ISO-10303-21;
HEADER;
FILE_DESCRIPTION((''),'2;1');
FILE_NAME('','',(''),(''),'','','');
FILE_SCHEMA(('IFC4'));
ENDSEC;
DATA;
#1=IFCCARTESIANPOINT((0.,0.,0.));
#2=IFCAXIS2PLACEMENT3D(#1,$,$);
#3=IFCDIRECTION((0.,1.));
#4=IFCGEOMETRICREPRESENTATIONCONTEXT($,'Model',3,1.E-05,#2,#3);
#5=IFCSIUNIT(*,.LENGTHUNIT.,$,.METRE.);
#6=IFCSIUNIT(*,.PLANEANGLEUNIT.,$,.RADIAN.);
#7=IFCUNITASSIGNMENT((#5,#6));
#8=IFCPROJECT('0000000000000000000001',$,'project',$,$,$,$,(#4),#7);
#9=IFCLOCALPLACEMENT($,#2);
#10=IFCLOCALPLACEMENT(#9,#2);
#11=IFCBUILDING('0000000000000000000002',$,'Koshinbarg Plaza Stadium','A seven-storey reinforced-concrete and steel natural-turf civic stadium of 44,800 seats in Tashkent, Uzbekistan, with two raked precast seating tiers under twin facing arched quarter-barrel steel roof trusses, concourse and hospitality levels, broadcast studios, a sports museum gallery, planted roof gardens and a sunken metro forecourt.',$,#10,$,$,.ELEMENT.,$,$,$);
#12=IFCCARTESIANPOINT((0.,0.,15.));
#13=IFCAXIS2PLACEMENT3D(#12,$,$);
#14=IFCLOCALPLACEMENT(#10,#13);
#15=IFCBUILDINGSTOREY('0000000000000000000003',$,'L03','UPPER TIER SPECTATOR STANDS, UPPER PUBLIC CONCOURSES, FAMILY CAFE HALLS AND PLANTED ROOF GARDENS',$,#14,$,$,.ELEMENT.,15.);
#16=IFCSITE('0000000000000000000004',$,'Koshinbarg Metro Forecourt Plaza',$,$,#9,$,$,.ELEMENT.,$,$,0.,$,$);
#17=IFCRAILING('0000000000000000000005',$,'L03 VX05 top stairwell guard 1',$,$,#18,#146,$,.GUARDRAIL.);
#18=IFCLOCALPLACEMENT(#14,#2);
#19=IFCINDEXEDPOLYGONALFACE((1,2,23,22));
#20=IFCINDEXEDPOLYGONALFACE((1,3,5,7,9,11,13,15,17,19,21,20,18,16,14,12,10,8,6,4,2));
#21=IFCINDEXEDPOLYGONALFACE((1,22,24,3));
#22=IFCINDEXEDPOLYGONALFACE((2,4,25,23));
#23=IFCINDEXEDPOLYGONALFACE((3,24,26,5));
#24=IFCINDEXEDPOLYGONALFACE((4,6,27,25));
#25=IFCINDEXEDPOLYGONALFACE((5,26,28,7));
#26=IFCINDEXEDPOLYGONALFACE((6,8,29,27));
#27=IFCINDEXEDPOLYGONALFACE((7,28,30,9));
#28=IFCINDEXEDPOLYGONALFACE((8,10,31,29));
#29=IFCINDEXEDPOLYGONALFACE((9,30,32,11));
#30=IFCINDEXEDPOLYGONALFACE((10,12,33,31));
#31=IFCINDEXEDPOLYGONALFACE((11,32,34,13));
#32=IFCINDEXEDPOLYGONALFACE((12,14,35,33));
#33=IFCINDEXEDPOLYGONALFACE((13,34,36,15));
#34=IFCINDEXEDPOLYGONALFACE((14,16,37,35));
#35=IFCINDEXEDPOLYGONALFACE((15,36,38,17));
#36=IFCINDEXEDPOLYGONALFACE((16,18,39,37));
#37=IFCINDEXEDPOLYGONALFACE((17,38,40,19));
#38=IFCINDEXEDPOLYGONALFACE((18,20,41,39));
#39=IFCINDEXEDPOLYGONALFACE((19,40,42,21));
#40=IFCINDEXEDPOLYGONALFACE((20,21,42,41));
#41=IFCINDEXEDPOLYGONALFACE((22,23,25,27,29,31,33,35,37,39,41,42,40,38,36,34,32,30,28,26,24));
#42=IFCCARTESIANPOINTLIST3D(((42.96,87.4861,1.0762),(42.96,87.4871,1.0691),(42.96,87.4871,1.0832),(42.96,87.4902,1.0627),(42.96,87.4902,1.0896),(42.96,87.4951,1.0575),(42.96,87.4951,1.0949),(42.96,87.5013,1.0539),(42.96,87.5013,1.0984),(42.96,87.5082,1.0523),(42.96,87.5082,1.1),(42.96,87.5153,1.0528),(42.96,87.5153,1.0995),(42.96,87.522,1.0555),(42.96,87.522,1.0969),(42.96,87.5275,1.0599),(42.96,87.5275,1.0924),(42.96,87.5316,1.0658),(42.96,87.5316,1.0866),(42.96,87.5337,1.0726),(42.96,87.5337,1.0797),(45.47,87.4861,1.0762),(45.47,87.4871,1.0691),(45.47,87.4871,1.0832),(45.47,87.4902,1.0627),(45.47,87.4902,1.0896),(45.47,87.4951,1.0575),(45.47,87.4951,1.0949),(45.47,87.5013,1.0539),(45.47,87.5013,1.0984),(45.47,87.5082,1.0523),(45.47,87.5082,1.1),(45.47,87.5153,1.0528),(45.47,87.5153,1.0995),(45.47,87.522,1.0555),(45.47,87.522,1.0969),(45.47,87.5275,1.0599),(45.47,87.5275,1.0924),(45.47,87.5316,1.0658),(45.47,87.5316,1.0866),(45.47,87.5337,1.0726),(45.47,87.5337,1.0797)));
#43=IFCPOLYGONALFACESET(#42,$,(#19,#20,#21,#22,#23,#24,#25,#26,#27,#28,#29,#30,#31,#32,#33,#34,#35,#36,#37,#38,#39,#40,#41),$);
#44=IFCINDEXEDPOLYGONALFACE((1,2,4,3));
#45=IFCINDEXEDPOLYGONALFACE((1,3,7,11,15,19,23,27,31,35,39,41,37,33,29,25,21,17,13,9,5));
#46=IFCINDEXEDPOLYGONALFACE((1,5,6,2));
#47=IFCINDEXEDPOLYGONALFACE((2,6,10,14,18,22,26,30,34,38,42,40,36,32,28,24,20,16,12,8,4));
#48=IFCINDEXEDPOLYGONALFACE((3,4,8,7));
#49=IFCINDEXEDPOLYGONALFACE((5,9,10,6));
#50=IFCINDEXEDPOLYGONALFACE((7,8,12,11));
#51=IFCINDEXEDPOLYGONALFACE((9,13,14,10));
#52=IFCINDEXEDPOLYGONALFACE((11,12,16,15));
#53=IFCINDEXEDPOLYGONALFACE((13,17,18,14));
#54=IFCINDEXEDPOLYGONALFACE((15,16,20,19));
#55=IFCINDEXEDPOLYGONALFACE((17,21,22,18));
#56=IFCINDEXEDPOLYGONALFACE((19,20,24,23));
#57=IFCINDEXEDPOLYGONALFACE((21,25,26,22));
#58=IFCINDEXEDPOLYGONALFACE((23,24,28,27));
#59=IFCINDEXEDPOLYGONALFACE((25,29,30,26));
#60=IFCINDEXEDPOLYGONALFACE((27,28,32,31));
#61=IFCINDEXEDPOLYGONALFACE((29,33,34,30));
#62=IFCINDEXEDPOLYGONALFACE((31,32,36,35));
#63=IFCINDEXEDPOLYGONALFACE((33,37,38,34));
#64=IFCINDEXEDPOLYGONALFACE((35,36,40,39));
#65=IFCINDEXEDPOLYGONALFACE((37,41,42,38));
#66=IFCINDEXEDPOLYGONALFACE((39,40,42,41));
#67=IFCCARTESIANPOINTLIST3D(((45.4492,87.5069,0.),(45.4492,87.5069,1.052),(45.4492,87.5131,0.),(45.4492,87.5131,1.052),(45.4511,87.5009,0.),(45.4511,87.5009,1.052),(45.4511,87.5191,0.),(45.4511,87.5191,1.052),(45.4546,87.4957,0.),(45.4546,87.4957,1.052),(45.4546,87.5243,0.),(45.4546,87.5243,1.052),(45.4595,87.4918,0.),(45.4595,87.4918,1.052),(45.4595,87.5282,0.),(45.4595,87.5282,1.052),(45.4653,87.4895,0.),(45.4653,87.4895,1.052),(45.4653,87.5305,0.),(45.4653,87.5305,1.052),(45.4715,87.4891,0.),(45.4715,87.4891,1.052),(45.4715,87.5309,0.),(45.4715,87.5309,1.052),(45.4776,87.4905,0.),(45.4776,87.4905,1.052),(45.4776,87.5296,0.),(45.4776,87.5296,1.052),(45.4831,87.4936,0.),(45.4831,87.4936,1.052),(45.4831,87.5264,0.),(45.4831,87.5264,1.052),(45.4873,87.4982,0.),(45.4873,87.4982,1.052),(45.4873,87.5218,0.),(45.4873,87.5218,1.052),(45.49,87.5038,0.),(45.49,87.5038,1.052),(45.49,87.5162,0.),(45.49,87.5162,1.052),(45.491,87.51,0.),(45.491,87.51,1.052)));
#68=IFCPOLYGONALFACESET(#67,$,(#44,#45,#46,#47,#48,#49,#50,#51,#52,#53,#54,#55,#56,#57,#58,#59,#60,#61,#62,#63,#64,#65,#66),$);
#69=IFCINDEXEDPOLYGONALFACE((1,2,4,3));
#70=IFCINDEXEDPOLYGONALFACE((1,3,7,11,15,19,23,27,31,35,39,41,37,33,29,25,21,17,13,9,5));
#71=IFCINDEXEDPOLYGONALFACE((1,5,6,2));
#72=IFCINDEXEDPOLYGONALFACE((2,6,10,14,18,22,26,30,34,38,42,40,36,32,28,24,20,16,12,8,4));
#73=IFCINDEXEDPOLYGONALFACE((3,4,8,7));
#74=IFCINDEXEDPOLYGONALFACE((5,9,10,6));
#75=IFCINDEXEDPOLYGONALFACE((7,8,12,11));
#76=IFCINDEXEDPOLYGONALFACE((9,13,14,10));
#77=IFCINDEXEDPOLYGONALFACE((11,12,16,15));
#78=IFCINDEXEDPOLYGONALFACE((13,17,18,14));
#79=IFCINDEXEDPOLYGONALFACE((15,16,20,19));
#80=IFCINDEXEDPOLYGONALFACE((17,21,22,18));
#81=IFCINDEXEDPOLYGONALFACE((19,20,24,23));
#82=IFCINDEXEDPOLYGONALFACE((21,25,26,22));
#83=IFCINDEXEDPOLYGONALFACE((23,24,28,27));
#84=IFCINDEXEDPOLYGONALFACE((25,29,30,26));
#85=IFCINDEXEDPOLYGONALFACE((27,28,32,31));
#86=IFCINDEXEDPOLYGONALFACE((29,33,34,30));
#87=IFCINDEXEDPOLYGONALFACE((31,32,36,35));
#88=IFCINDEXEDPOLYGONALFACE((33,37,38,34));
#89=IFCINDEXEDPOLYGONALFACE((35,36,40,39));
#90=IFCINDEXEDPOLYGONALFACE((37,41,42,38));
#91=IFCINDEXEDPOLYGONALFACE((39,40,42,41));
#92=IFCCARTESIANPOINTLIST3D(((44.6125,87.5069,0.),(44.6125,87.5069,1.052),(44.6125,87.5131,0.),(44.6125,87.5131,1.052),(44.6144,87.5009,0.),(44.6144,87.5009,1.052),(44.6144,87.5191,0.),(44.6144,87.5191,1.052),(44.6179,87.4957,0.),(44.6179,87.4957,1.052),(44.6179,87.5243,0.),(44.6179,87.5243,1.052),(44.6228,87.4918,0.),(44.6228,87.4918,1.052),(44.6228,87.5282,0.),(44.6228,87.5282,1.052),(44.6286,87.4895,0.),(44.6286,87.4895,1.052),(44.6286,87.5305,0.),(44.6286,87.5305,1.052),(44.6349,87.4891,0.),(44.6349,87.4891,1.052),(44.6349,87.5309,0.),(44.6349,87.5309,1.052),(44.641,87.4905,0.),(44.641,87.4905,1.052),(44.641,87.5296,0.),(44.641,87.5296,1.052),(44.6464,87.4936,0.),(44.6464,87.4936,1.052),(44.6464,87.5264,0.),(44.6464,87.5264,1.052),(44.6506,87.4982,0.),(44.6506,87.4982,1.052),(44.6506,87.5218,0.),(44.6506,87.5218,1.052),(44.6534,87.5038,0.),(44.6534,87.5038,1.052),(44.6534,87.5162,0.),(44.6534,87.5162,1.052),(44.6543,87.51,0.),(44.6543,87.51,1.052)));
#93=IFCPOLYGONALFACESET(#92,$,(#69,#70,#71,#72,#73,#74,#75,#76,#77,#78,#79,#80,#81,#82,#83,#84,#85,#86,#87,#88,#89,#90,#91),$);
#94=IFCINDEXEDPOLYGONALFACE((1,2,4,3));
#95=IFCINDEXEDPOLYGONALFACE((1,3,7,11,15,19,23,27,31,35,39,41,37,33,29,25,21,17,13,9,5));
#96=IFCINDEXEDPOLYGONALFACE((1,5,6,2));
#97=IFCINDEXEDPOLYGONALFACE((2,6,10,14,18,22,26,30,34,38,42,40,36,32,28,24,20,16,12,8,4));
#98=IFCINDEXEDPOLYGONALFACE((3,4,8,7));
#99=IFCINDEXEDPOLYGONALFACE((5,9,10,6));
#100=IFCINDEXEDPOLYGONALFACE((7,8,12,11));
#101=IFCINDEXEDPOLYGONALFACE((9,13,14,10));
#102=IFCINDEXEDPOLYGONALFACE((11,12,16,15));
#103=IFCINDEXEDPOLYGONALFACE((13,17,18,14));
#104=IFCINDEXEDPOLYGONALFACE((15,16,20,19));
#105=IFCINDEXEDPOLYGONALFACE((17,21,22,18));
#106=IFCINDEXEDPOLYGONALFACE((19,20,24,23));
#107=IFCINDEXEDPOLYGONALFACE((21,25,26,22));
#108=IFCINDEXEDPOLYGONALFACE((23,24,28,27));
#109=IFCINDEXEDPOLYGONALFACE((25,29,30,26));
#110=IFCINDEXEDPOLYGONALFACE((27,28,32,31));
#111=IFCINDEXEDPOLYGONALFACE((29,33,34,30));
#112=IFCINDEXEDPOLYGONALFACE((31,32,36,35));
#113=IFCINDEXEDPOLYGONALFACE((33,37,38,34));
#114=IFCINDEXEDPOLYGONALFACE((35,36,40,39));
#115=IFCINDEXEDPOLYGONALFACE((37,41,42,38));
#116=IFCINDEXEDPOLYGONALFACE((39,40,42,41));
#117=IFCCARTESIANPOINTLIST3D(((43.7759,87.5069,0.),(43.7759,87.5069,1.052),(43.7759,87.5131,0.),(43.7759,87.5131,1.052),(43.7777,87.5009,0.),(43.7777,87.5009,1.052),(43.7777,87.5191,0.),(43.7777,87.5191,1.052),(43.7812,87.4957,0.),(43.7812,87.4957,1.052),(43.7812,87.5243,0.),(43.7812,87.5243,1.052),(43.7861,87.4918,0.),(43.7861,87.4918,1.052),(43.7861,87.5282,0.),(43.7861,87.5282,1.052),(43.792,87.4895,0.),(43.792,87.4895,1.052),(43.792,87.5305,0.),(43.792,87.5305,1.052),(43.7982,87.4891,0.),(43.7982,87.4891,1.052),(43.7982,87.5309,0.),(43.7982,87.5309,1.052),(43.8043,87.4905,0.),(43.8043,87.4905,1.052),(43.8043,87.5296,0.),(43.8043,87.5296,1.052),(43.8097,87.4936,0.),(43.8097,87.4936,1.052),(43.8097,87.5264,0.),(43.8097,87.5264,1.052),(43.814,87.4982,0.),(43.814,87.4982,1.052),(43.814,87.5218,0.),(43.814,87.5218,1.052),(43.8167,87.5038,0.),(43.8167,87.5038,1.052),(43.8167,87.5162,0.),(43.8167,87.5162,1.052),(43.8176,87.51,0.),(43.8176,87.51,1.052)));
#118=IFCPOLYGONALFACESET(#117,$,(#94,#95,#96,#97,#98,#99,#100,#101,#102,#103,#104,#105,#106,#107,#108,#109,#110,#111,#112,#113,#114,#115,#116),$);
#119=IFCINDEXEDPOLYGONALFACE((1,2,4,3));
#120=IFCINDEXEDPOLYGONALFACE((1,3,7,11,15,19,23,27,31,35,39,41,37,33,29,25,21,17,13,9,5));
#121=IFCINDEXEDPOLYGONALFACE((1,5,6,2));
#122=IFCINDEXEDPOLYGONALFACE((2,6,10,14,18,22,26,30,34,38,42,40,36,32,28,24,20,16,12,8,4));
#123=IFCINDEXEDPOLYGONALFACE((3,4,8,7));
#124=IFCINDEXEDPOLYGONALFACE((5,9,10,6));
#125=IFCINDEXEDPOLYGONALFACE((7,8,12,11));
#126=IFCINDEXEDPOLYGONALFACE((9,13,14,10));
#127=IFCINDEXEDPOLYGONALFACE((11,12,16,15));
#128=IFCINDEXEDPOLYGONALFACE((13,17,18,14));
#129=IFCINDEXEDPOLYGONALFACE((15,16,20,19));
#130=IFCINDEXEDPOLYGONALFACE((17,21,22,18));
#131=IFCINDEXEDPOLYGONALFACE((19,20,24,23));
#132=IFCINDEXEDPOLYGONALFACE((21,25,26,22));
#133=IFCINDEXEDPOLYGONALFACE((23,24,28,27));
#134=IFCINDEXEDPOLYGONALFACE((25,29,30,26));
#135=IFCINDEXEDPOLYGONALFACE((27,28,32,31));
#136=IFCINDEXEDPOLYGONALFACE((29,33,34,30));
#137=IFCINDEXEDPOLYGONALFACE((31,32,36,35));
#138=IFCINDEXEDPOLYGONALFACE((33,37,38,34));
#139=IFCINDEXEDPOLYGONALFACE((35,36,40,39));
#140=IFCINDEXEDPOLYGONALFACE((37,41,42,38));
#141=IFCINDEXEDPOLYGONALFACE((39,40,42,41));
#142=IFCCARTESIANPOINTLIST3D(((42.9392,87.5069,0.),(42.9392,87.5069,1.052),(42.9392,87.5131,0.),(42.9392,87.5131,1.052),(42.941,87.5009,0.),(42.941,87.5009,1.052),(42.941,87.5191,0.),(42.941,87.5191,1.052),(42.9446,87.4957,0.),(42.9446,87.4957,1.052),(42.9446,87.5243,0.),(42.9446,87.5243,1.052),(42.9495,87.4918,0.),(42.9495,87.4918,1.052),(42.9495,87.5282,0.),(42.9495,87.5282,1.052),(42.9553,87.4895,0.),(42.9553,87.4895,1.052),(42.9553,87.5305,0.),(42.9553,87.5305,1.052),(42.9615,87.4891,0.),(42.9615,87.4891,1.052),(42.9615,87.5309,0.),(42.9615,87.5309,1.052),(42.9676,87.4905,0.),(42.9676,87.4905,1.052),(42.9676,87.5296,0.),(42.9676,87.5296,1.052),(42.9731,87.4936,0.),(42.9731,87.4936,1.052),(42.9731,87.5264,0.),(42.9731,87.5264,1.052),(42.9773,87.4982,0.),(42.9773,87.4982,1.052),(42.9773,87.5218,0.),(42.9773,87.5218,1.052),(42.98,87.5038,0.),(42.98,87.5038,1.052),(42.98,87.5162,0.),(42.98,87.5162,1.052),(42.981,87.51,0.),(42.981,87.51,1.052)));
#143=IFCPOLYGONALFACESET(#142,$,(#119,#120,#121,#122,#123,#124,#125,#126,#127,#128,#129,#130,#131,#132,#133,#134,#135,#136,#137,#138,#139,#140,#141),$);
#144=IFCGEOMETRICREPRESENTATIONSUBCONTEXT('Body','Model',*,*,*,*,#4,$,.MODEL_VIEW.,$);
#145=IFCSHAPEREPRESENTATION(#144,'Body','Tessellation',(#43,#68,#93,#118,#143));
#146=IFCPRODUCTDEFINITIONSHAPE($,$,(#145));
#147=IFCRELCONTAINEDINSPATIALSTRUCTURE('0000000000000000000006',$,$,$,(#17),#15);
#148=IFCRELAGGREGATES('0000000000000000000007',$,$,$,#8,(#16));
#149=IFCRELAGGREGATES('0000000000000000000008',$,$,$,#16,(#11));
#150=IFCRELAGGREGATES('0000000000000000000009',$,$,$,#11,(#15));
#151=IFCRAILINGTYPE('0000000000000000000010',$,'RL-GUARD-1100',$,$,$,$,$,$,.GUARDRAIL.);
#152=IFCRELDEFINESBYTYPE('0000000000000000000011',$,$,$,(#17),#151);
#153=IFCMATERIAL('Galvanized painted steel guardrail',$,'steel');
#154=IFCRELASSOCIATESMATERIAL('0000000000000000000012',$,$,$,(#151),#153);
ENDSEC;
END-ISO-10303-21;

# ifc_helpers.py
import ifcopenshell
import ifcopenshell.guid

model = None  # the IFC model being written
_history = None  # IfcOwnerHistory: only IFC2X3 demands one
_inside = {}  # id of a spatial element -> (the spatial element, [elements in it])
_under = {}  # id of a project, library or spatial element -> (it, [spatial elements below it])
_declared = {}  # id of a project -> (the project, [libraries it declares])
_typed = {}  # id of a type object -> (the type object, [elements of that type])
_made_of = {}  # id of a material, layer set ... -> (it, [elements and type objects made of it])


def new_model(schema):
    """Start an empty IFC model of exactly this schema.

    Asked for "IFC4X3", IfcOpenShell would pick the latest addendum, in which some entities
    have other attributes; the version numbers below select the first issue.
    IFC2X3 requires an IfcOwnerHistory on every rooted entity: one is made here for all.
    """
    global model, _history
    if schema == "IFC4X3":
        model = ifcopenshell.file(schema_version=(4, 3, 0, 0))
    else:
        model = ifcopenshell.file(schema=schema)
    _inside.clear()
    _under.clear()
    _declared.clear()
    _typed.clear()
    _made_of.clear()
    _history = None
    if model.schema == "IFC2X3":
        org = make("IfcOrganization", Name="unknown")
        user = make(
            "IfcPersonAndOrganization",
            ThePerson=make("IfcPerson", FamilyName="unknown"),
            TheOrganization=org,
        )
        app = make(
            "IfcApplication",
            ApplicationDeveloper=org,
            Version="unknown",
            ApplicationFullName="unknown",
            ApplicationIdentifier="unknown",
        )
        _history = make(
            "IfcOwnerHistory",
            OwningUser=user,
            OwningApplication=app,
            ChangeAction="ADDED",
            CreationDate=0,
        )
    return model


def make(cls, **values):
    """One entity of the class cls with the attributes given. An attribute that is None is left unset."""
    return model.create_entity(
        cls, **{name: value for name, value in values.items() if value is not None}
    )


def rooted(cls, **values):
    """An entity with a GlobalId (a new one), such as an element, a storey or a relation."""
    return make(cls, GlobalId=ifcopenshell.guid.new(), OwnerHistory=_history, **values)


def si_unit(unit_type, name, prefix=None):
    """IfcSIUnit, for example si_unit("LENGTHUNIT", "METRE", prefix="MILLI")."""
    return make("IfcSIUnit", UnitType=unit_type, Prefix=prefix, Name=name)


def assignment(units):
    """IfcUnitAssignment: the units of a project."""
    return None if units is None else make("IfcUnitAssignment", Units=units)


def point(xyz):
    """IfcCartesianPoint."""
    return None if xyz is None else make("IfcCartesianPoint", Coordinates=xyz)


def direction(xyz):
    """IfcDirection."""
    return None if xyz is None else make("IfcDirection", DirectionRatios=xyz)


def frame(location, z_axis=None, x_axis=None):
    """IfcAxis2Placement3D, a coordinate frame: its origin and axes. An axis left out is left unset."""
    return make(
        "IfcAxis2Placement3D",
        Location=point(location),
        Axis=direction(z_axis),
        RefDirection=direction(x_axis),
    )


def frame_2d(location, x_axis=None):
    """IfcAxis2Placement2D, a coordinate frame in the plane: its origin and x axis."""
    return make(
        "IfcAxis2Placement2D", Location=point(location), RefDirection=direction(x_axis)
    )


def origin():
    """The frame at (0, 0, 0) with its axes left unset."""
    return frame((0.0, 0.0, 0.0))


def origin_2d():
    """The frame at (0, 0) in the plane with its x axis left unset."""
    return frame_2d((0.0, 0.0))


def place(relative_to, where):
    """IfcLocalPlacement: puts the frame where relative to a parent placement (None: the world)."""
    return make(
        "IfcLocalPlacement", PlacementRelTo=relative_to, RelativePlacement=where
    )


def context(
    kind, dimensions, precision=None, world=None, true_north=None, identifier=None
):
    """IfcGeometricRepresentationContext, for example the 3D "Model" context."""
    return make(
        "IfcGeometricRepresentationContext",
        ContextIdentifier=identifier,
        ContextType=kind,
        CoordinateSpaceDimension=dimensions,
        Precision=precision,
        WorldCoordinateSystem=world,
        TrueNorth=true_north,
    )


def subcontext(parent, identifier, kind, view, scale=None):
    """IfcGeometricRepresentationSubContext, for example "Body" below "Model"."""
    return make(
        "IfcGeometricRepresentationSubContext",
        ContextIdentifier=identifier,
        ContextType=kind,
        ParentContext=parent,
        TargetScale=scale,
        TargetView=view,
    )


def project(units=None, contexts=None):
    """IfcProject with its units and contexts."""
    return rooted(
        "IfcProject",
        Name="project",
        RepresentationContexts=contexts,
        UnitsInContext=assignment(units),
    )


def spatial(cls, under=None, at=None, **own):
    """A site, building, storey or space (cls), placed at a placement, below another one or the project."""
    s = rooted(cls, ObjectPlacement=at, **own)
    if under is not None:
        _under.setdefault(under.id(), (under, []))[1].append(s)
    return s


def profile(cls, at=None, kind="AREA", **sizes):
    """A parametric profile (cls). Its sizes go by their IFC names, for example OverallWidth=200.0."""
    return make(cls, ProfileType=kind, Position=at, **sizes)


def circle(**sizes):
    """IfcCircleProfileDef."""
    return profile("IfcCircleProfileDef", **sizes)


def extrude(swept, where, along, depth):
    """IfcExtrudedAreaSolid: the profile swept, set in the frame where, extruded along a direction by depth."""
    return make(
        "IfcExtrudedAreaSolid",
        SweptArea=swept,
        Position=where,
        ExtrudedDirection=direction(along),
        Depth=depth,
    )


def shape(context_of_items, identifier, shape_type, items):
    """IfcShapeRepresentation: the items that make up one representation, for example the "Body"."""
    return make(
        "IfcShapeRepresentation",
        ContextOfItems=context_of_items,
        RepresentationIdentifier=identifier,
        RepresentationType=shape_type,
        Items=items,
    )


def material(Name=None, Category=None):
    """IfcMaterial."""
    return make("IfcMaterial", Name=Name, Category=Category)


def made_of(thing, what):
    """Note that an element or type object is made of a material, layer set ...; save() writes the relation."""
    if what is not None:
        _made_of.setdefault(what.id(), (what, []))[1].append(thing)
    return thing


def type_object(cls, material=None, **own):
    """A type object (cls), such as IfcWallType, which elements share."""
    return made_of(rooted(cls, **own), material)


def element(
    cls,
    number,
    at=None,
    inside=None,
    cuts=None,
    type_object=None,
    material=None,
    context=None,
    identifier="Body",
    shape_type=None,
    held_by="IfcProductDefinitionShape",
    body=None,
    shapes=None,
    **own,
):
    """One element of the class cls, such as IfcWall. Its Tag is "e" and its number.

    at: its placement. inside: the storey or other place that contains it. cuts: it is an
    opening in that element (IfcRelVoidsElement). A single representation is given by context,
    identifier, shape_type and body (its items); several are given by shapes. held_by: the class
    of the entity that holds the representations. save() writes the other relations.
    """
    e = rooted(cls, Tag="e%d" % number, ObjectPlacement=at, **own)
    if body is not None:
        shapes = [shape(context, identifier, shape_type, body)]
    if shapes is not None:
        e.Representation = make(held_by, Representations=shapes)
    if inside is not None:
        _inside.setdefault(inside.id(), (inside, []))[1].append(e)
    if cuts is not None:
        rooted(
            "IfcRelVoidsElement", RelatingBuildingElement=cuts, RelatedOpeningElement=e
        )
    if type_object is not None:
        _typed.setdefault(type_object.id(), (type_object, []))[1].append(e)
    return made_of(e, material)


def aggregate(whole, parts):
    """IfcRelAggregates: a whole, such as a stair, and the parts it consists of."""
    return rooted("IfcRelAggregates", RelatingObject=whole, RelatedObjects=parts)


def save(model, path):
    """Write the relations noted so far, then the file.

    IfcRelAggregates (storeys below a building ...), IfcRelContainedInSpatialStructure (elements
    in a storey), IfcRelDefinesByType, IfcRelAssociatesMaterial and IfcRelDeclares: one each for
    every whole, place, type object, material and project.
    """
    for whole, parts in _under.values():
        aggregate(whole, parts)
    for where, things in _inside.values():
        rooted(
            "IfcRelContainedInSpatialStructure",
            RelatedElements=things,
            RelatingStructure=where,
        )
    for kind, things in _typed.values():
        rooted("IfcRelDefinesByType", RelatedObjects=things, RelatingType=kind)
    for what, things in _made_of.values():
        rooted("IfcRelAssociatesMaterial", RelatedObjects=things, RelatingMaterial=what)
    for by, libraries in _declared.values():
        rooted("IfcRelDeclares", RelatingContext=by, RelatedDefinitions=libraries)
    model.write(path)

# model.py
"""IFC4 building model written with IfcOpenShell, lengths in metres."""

from ifc_helpers import new_model, si_unit, direction, frame, origin, origin_2d, place, context, subcontext, project, spatial, circle, extrude, material, type_object, element, save


model = new_model("IFC4")

# Units and contexts
model_context = context("Model", 3, precision=1e-05, world=origin(), true_north=direction((0.0, 1.0)))
body_context = subcontext(model_context, "Body", "Model", "MODEL_VIEW")
ifc_project = project(units=[si_unit("LENGTHUNIT", "METRE"), si_unit("PLANEANGLEUNIT", "RADIAN")], contexts=[model_context])

# Site, building, storey
site_placement = place(None, origin())
site = spatial("IfcSite", under=ifc_project, at=site_placement, Name="Koshinbarg Metro Forecourt Plaza", CompositionType="ELEMENT", RefElevation=0.0)
building_placement = place(site_placement, origin())
building = spatial("IfcBuilding", under=site, at=building_placement, Name="Koshinbarg Plaza Stadium", Description="A seven-storey reinforced-concrete and steel natural-turf civic stadium of 44,800 seats in Tashkent, Uzbekistan, with two raked precast seating tiers under twin facing arched quarter-barrel steel roof trusses, concourse and hospitality levels, broadcast studios, a sports museum gallery, planted roof gardens and a sunken metro forecourt.", CompositionType="ELEMENT")
storey_placement = place(building_placement, frame((0.0, 0.0, 15.0)))
storey = spatial("IfcBuildingStorey", under=building, at=storey_placement, Name="L03", Description="UPPER TIER SPECTATOR STANDS, UPPER PUBLIC CONCOURSES, FAMILY CAFE HALLS AND PLANTED ROOF GARDENS", CompositionType="ELEMENT", Elevation=15.0)

# Railing
ifc_material_1 = material(Name="Galvanized painted steel guardrail", Category="steel")
railing_type_1 = type_object("IfcRailingType", Name="RL-GUARD-1100", PredefinedType="GUARDRAIL", material=ifc_material_1)
railing_1_placement = place(storey_placement, frame((45.47, 87.51, 0.0)))
element("IfcRailing", 1, at=railing_1_placement, inside=storey, type_object=railing_type_1, Name="L03 VX05 top stairwell guard 1", PredefinedType="GUARDRAIL", context=body_context, shape_type="SweptSolid", body=[
    extrude(circle(Radius=0.0239, at=origin_2d()), frame((0.0, 0.0, 1.0762), z_axis=(-1.0, 0.0, 0.0), x_axis=(0.0, -1.0, 0.0)), (0.0, 0.0, 1.0), 2.51),
    extrude(circle(Radius=0.021, at=origin_2d()), origin(), (0.0, 0.0, 1.0), 1.052),
    extrude(circle(Radius=0.021, at=origin_2d()), frame((-0.8367, 0.0, 0.0)), (0.0, 0.0, 1.0), 1.052),
    extrude(circle(Radius=0.021, at=origin_2d()), frame((-1.6733, 0.0, 0.0)), (0.0, 0.0, 1.0), 1.052),
    extrude(circle(Radius=0.021, at=origin_2d()), frame((-2.51, 0.0, 0.0)), (0.0, 0.0, 1.0), 1.052),
])

save(model, "model.ifc")
